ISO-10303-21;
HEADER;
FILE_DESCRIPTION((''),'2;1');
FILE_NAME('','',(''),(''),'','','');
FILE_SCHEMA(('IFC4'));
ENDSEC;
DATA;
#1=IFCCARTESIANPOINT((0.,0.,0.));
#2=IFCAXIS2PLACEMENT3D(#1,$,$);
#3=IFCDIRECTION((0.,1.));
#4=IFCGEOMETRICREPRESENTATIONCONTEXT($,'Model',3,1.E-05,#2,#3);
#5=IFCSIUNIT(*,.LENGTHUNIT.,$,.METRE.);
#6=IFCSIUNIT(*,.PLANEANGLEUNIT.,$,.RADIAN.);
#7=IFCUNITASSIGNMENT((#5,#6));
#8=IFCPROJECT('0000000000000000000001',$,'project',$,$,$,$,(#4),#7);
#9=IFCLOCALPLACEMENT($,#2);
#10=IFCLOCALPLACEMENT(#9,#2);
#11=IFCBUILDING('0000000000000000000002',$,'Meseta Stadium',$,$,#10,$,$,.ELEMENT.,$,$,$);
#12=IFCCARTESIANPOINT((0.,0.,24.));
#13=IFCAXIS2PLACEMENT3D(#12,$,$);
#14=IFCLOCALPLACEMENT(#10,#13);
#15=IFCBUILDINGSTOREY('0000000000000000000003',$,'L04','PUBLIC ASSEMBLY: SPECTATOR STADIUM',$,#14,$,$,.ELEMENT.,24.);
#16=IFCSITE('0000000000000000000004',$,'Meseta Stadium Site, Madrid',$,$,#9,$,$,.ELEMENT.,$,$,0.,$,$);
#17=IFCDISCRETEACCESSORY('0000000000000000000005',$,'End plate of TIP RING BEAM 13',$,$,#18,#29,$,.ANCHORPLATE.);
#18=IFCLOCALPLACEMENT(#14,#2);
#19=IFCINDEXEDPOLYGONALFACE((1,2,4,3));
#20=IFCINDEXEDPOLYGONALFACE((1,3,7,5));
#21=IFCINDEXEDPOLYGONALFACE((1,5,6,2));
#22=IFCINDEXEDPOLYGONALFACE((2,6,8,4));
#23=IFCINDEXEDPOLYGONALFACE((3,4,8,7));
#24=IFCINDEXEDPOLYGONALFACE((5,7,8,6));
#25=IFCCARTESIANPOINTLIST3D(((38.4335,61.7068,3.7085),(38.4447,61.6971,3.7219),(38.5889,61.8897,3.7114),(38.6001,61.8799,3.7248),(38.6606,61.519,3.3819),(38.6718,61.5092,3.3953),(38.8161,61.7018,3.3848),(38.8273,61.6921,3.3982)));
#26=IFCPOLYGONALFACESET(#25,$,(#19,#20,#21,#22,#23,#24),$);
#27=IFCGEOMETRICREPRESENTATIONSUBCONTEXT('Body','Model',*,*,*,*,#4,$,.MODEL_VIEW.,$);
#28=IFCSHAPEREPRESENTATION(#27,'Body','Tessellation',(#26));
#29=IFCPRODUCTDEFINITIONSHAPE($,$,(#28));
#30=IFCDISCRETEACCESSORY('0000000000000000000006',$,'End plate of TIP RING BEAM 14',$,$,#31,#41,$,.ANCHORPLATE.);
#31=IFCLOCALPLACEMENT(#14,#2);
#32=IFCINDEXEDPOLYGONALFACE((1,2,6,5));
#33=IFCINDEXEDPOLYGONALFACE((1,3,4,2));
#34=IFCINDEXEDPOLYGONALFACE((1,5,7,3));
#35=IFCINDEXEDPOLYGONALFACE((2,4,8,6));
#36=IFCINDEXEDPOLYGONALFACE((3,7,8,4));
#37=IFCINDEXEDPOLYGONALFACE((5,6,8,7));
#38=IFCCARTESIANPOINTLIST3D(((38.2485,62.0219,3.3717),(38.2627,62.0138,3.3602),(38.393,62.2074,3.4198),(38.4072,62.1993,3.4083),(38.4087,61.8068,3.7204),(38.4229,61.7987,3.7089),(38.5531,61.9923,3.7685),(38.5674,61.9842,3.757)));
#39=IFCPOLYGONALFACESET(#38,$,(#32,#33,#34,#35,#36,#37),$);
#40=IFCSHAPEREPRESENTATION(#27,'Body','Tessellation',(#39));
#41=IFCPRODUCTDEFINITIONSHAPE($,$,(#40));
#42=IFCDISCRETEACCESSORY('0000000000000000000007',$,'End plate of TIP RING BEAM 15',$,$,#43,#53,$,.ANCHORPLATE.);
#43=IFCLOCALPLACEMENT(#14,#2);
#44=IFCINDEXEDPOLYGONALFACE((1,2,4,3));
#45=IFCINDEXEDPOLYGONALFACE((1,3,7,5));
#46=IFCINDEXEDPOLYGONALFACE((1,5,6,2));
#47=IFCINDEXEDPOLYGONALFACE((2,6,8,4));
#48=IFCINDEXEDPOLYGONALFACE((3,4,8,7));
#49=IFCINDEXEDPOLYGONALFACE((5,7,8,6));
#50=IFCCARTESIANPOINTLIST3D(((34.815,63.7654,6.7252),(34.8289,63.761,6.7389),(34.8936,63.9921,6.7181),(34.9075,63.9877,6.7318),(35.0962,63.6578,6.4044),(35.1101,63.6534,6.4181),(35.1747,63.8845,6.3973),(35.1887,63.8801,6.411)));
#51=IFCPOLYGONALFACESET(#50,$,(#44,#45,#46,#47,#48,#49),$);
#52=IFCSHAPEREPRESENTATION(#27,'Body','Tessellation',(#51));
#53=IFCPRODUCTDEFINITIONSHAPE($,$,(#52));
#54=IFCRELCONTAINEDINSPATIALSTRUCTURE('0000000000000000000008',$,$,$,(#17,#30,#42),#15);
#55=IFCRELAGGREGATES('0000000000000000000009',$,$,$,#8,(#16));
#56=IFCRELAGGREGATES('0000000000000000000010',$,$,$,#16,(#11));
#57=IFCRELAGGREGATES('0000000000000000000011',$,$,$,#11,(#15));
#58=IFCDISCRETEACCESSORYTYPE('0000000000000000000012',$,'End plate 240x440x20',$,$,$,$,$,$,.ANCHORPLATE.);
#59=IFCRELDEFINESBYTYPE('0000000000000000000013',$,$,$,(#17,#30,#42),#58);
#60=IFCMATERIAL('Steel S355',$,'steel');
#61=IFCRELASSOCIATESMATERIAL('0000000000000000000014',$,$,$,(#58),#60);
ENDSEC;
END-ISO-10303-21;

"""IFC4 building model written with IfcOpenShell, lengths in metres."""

from ifc_helpers import new_model, si_unit, direction, frame, origin, origin_2d, place, context, subcontext, project, spatial, rectangle, extrude, material, material_profile, profile_set, type_object, element, save


model = new_model("IFC4")

# Units and contexts
model_context = context("Model", 3, precision=1e-05, world=origin(), true_north=direction((0.0, 1.0)))
body_context = subcontext(model_context, "Body", "Model", "MODEL_VIEW")
ifc_project = project(units=[si_unit("LENGTHUNIT", "METRE"), si_unit("PLANEANGLEUNIT", "RADIAN")], contexts=[model_context])

# Site, building, storey
site_placement = place(None, origin())
site = spatial("IfcSite", under=ifc_project, at=site_placement, Name="Meseta Stadium Site, Madrid", CompositionType="ELEMENT", RefElevation=0.0)
building_placement = place(site_placement, origin())
building = spatial("IfcBuilding", under=site, at=building_placement, Name="Meseta Stadium", CompositionType="ELEMENT")
storey_placement = place(building_placement, frame((0.0, 0.0, 24.0)))
storey = spatial("IfcBuildingStorey", under=building, at=storey_placement, Name="L04", Description="PUBLIC ASSEMBLY: SPECTATOR STADIUM", CompositionType="ELEMENT", Elevation=24.0)

# Discrete accessories
ifc_material_1 = material(Name="Steel S355", Category="steel")
ifc_material_profile_1 = material_profile(ifc_material_1, rectangle(XDim=0.24, YDim=0.4399, at=origin_2d()), Name="PL 240x440")
ifc_profile_set_1 = profile_set([ifc_material_profile_1], Name="Steel S355")
discrete_accessory_type_1 = type_object("IfcDiscreteAccessoryType", Name="End plate 240x440x20", PredefinedType="ANCHORPLATE", material=ifc_profile_set_1)
for number, where, z_axis, x_axis, name in (
    (1, (38.636, 61.6946, 3.5601), (-0.560268, 0.487189, -0.669885), (-0.647685, -0.761808, -0.012342), "End plate of TIP RING BEAM 13"),
    (2, (38.415, 61.999, 3.5586), (-0.710601, 0.404307, 0.575832), (-0.602069, -0.772914, -0.200294), "End plate of TIP RING BEAM 14"),
    (3, (35.0088, 63.8206, 6.575), (-0.695899, 0.219757, -0.68369), (-0.327476, -0.94439, 0.02977), "End plate of TIP RING BEAM 15"),
):
    element("IfcDiscreteAccessory", number, at=place(storey_placement, frame(where, z_axis=z_axis, x_axis=x_axis)), inside=storey, type_object=discrete_accessory_type_1, Name=name, PredefinedType="ANCHORPLATE", context=body_context, shape_type="SweptSolid", body=[
        extrude(rectangle(XDim=0.24, YDim=0.4399, at=origin_2d()), origin(), (0.0, 0.0, 1.0), 0.02),
    ])

save(model, "model.ifc")
